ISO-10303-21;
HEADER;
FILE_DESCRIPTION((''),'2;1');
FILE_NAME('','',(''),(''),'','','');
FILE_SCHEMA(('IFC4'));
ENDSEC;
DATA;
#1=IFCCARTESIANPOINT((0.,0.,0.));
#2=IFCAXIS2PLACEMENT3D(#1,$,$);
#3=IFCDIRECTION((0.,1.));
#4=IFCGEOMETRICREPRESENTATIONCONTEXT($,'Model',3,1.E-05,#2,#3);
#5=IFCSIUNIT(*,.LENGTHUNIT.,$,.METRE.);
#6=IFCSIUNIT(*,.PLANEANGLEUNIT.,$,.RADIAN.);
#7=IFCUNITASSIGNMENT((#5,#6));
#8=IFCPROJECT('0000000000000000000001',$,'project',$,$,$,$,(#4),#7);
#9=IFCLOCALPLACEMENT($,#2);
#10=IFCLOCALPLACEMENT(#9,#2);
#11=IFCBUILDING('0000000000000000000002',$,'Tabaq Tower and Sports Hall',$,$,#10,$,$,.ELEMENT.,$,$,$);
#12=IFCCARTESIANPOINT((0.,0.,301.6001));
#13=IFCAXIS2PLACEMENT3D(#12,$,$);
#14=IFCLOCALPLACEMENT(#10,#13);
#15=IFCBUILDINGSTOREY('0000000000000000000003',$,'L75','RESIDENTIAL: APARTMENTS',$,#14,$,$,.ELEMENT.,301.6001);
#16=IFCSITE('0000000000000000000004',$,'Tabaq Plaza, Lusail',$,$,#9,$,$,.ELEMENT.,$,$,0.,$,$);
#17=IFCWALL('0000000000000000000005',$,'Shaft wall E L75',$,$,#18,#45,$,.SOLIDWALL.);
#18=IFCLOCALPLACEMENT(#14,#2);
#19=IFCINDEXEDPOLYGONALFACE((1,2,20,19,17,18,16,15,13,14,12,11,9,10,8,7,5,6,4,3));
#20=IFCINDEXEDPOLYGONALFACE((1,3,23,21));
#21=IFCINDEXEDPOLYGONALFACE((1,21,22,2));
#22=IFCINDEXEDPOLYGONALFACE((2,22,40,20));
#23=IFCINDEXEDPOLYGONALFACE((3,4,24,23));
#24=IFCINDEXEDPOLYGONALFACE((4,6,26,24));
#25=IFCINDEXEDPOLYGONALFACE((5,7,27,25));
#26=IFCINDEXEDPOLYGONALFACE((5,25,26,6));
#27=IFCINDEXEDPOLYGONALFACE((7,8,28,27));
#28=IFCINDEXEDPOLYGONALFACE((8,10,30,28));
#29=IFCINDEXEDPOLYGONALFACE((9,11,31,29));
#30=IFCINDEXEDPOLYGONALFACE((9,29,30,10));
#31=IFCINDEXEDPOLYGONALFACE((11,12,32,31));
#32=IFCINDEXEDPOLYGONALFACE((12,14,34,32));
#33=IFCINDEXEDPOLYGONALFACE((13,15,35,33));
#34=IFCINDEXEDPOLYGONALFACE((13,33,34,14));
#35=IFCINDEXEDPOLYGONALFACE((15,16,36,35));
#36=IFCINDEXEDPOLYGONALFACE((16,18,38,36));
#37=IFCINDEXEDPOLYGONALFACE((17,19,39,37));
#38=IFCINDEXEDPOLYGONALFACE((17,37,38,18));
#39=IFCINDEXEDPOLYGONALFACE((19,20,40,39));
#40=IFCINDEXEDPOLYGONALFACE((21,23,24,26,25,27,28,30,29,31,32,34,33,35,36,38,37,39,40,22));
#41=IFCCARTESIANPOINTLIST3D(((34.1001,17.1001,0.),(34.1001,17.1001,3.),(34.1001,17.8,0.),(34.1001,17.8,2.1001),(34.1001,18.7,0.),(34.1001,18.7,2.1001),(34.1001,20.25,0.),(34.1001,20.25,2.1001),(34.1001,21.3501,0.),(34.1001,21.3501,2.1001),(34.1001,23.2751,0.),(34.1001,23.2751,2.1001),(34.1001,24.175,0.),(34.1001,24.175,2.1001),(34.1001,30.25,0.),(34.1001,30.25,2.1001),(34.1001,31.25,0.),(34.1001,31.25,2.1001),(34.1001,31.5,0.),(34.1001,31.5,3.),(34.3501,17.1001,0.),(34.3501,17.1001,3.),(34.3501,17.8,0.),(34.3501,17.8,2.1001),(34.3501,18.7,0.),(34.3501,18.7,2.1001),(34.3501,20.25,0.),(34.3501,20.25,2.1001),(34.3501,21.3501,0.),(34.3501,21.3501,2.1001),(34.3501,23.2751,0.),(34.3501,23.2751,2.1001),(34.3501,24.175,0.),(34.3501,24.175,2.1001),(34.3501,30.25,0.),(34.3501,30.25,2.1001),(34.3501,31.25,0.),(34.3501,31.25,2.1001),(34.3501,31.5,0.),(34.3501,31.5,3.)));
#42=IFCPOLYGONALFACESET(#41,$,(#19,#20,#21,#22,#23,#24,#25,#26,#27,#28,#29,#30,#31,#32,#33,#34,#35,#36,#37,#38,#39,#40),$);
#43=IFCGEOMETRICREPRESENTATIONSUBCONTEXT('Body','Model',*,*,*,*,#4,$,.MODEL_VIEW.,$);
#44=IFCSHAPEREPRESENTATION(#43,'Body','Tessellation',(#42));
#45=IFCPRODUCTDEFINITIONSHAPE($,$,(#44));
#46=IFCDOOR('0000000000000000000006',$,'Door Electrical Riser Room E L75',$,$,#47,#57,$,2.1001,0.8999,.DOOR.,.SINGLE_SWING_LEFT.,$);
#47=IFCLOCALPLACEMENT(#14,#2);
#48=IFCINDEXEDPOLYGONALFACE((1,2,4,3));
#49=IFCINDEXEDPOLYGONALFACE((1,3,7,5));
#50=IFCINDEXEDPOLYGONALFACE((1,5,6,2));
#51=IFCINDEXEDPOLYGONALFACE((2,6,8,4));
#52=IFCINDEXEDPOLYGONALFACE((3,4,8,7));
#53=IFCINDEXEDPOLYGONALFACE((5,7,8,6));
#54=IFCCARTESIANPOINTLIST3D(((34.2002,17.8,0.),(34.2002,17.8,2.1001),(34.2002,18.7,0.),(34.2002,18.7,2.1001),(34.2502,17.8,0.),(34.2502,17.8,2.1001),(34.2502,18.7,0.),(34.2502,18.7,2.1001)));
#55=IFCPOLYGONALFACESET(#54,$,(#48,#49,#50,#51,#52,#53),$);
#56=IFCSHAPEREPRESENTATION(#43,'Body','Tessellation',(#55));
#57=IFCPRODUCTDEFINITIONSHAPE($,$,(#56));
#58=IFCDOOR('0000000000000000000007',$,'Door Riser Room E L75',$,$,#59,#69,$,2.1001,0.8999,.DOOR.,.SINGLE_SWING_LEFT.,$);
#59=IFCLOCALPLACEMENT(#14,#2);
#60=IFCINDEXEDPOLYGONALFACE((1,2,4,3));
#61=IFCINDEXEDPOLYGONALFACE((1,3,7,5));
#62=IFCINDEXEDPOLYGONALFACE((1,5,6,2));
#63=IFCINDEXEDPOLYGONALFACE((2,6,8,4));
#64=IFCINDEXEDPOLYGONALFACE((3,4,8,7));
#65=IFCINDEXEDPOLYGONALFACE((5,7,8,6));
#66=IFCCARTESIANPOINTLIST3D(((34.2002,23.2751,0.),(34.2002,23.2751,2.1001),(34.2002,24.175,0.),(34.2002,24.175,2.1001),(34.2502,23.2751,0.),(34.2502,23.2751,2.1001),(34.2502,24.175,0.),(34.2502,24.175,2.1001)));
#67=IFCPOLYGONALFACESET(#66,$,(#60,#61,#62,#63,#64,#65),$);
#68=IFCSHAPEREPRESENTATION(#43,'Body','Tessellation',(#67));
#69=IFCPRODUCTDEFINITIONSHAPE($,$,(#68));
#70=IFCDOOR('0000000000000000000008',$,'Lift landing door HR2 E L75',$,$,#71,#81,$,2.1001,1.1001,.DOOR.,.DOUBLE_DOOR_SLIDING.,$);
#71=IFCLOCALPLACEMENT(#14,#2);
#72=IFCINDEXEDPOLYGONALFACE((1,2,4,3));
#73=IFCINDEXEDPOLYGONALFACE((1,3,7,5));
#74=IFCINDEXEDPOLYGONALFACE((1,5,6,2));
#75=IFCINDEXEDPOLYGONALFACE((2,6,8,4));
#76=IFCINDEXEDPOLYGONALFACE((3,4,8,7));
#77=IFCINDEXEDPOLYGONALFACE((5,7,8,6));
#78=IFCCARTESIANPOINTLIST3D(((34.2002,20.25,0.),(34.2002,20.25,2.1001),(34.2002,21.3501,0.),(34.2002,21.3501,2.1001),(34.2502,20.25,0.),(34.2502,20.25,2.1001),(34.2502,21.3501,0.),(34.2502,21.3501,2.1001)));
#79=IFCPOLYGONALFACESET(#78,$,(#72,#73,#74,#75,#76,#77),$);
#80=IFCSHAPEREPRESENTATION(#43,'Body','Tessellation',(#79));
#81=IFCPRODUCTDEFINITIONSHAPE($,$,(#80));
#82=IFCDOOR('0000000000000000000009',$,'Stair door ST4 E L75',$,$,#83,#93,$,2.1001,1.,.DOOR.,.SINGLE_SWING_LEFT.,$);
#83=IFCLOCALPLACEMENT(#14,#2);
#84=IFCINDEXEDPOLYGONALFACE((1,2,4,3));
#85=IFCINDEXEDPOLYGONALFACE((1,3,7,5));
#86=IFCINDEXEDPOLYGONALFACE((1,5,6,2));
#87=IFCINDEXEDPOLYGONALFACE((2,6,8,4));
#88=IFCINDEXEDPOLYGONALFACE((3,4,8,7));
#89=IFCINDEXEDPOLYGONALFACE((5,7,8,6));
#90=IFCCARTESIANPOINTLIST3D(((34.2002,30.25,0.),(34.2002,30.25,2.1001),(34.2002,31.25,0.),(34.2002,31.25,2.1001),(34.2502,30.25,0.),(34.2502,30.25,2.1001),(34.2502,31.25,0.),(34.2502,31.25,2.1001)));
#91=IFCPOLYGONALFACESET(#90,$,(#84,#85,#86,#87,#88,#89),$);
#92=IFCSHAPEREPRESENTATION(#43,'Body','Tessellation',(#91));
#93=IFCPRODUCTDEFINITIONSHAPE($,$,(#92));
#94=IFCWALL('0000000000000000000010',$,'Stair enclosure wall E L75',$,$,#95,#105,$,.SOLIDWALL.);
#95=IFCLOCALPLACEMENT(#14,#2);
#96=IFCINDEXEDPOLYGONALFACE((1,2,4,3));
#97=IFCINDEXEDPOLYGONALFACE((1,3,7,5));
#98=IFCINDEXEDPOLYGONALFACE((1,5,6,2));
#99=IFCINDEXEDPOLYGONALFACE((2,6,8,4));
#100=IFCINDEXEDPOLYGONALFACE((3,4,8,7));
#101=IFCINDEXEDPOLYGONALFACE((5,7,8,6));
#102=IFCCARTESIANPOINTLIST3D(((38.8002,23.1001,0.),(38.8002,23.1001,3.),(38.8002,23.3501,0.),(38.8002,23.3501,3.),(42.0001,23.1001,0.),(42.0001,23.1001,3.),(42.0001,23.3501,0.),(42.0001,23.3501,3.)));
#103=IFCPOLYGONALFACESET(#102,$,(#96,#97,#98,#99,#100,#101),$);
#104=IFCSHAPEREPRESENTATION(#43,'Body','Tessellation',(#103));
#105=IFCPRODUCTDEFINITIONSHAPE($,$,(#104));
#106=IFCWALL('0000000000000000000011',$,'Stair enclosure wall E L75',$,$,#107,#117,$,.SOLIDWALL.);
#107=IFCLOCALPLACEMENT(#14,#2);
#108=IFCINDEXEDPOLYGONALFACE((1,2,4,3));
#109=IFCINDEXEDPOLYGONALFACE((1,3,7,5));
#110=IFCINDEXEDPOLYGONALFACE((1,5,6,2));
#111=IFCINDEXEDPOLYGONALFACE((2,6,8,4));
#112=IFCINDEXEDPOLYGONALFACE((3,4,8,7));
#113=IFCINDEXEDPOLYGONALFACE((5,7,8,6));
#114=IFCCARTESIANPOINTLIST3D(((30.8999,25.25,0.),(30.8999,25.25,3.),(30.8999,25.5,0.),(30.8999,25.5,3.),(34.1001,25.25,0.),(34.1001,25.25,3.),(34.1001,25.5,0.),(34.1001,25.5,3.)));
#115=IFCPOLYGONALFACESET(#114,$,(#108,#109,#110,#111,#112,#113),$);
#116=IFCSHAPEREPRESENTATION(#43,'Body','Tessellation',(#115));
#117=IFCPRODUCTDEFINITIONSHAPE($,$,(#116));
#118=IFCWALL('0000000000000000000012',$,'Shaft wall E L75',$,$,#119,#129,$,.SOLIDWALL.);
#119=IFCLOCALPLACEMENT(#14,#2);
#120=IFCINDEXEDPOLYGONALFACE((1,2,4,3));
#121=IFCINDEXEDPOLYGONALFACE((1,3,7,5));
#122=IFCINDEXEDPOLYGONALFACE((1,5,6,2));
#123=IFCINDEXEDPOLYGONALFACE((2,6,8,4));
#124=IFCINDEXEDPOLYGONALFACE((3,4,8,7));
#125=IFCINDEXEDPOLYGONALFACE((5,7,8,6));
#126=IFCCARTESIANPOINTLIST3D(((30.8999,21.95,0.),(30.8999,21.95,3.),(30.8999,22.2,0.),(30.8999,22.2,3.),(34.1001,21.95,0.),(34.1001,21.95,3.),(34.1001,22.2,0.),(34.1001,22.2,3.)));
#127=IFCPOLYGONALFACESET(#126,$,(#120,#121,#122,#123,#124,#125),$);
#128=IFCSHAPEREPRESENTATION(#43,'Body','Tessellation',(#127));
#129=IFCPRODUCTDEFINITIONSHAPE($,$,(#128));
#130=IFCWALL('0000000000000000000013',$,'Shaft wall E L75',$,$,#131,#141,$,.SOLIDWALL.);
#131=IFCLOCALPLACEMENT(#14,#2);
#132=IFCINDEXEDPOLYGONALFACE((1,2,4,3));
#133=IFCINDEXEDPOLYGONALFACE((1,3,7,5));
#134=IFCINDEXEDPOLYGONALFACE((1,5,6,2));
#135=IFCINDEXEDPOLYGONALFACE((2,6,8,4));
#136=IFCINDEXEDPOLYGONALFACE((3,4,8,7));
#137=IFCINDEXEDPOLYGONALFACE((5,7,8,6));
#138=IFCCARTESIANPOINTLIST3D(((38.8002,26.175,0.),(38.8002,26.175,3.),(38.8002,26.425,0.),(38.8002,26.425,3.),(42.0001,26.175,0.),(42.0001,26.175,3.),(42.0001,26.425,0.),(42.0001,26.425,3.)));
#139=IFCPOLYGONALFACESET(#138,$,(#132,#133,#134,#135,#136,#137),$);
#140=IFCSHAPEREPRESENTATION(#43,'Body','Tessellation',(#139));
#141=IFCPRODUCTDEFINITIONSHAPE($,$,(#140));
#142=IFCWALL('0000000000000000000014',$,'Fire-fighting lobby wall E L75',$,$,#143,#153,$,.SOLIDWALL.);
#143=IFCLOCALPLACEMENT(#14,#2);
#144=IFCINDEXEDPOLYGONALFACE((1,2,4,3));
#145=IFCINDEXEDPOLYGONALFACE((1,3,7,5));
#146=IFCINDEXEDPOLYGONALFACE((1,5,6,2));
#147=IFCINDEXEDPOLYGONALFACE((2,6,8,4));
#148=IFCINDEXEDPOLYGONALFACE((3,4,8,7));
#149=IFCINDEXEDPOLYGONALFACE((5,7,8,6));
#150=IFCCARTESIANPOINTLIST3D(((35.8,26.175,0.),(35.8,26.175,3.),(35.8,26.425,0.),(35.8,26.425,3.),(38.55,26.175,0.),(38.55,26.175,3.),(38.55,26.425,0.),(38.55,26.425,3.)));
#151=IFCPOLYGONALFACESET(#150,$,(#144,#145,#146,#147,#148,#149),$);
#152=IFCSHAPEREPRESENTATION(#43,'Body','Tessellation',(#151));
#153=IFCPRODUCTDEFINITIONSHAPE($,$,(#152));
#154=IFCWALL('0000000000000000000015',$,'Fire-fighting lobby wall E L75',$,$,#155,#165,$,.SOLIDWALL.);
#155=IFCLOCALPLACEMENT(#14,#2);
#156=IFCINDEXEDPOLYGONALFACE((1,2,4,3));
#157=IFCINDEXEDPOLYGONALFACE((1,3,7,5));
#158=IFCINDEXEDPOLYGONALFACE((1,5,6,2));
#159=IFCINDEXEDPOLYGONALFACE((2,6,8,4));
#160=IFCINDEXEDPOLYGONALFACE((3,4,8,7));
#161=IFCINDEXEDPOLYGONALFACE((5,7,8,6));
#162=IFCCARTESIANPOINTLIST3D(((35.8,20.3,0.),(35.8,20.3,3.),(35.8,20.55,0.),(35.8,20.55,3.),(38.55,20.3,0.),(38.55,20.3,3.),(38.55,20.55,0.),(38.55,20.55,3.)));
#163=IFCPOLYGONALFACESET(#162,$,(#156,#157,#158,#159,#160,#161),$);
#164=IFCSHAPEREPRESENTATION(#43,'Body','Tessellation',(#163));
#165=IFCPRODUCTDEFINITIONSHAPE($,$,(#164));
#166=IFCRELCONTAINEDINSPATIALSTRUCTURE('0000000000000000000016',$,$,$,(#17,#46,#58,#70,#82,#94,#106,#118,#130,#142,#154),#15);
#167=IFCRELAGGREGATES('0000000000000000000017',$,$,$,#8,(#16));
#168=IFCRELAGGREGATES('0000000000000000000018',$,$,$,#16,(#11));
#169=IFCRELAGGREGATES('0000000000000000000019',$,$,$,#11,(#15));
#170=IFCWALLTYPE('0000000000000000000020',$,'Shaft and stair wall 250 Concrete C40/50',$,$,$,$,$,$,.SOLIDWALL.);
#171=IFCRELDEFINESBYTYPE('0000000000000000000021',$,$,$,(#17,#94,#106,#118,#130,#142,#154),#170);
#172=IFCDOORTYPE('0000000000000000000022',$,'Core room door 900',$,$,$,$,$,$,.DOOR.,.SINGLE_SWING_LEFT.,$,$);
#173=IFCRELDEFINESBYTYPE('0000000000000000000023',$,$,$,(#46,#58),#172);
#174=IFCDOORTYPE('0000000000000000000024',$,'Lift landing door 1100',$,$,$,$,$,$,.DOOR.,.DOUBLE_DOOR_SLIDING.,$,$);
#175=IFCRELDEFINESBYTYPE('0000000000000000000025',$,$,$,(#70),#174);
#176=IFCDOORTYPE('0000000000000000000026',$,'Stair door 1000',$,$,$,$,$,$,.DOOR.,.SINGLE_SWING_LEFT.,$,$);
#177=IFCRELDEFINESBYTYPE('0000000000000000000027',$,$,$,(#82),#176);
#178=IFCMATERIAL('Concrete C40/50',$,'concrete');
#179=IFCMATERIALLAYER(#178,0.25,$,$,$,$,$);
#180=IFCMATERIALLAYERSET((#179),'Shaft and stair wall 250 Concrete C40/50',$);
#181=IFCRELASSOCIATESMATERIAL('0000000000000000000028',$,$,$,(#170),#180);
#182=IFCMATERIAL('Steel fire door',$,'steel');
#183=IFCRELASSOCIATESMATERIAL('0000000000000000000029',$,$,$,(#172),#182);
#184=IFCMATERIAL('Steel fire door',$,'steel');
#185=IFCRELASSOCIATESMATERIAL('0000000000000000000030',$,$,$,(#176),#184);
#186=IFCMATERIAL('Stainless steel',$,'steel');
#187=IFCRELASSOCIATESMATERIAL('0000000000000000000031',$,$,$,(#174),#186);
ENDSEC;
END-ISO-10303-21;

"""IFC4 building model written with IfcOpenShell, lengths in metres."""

from ifc_helpers import new_model, si_unit, direction, frame, frame_2d, origin, place, context, subcontext, project, spatial, rectangle, extrude, material, layer, layer_set, type_object, element, fill, save


model = new_model("IFC4")

# Units and contexts
model_context = context("Model", 3, precision=1e-05, world=origin(), true_north=direction((0.0, 1.0)))
body_context = subcontext(model_context, "Body", "Model", "MODEL_VIEW")
ifc_project = project(units=[si_unit("LENGTHUNIT", "METRE"), si_unit("PLANEANGLEUNIT", "RADIAN")], contexts=[model_context])

# Site, building, storey
site_placement = place(None, origin())
site = spatial("IfcSite", under=ifc_project, at=site_placement, Name="Tabaq Plaza, Lusail", CompositionType="ELEMENT", RefElevation=0.0)
building_placement = place(site_placement, origin())
building = spatial("IfcBuilding", under=site, at=building_placement, Name="Tabaq Tower and Sports Hall", CompositionType="ELEMENT")
storey_placement = place(building_placement, frame((0.0, 0.0, 301.6001)))
storey = spatial("IfcBuildingStorey", under=building, at=storey_placement, Name="L75", Description="RESIDENTIAL: APARTMENTS", CompositionType="ELEMENT", Elevation=301.6001)

# Wall, openings, doors
ifc_material_1 = material(Name="Concrete C40/50", Category="concrete")
ifc_layer_1 = layer(ifc_material_1, 0.25)
ifc_layer_set_1 = layer_set([ifc_layer_1], Name="Shaft and stair wall 250 Concrete C40/50")
wall_type_1 = type_object("IfcWallType", Name="Shaft and stair wall 250 Concrete C40/50", PredefinedType="SOLIDWALL", material=ifc_layer_set_1)
ifc_material_2 = material(Name="Steel fire door", Category="steel")
door_type_1 = type_object("IfcDoorType", Name="Core room door 900", OperationType="SINGLE_SWING_LEFT", PredefinedType="DOOR", material=ifc_material_2)
ifc_material_3 = material(Name="Steel fire door", Category="steel")
door_type_2 = type_object("IfcDoorType", Name="Stair door 1000", OperationType="SINGLE_SWING_LEFT", PredefinedType="DOOR", material=ifc_material_3)
wall_1_placement = place(storey_placement, frame((34.2251, 17.1001, 0.0), z_axis=(0.0, 0.0, 1.0), x_axis=(0.0, 1.0, 0.0)))
wall_1 = element("IfcWall", 1, at=wall_1_placement, inside=storey, type_object=wall_type_1, Name="Shaft wall E L75", PredefinedType="SOLIDWALL", context=body_context, shape_type="SweptSolid", body=[
    extrude(rectangle(XDim=14.3999, YDim=0.25, at=frame_2d((7.2, 0.0))), origin(), (0.0, 0.0, 1.0), 3.0),
])
opening_1_placement = place(wall_1_placement, frame((13.1499, 0.0, 0.0)))
opening_1 = element("IfcOpeningElement", 2, at=opening_1_placement, cuts=wall_1, PredefinedType="OPENING", context=body_context, shape_type="SweptSolid", body=[
    extrude(rectangle(XDim=1.0, YDim=2.1001, at=frame_2d((0.5, 1.05))), frame((0.0, 0.125, 0.0), z_axis=(0.0, -1.0, 0.0), x_axis=(1.0, 0.0, 0.0)), (0.0, 0.0, 1.0), 0.25),
])
opening_2_placement = place(wall_1_placement, frame((3.1499, 0.0, 0.0)))
opening_2 = element("IfcOpeningElement", 3, at=opening_2_placement, cuts=wall_1, PredefinedType="OPENING", context=body_context, shape_type="SweptSolid", body=[
    extrude(rectangle(XDim=1.1001, YDim=2.1001, at=frame_2d((0.55, 1.05))), frame((0.0, 0.125, 0.0), z_axis=(0.0, -1.0, 0.0), x_axis=(1.0, 0.0, 0.0)), (0.0, 0.0, 1.0), 0.25),
])
opening_3_placement = place(wall_1_placement, frame((0.7, 0.0, 0.0)))
opening_3 = element("IfcOpeningElement", 4, at=opening_3_placement, cuts=wall_1, PredefinedType="OPENING", context=body_context, shape_type="SweptSolid", body=[
    extrude(rectangle(XDim=0.8999, YDim=2.1001, at=frame_2d((0.45, 1.05))), frame((0.0, 0.125, 0.0), z_axis=(0.0, -1.0, 0.0), x_axis=(1.0, 0.0, 0.0)), (0.0, 0.0, 1.0), 0.25),
])
opening_4_placement = place(wall_1_placement, frame((6.175, 0.0, 0.0)))
opening_4 = element("IfcOpeningElement", 5, at=opening_4_placement, cuts=wall_1, PredefinedType="OPENING", context=body_context, shape_type="SweptSolid", body=[
    extrude(rectangle(XDim=0.8999, YDim=2.1001, at=frame_2d((0.45, 1.05))), frame((0.0, 0.125, 0.0), z_axis=(0.0, -1.0, 0.0), x_axis=(1.0, 0.0, 0.0)), (0.0, 0.0, 1.0), 0.25),
])
door_1_placement = place(opening_3_placement, origin())
door_1 = element("IfcDoor", 6, at=door_1_placement, inside=storey, type_object=door_type_1, Name="Door Electrical Riser Room E L75", OperationType="SINGLE_SWING_LEFT", OverallHeight=2.1001, OverallWidth=0.8999, PredefinedType="DOOR", context=body_context, shape_type="SweptSolid", body=[
    extrude(rectangle(XDim=0.8999, YDim=2.1001, at=frame_2d((0.45, 1.05))), frame((0.0, 0.0249, 0.0), z_axis=(0.0, -1.0, 0.0), x_axis=(1.0, 0.0, 0.0)), (0.0, 0.0, 1.0), 0.05),
])
fill(opening_3, door_1)
door_2_placement = place(opening_4_placement, origin())
door_2 = element("IfcDoor", 7, at=door_2_placement, inside=storey, type_object=door_type_1, Name="Door Riser Room E L75", OperationType="SINGLE_SWING_LEFT", OverallHeight=2.1001, OverallWidth=0.8999, PredefinedType="DOOR", context=body_context, shape_type="SweptSolid", body=[
    extrude(rectangle(XDim=0.8999, YDim=2.1001, at=frame_2d((0.45, 1.05))), frame((0.0, 0.0249, 0.0), z_axis=(0.0, -1.0, 0.0), x_axis=(1.0, 0.0, 0.0)), (0.0, 0.0, 1.0), 0.05),
])
fill(opening_4, door_2)
ifc_material_4 = material(Name="Stainless steel", Category="steel")
door_type_3 = type_object("IfcDoorType", Name="Lift landing door 1100", OperationType="DOUBLE_DOOR_SLIDING", PredefinedType="DOOR", material=ifc_material_4)
door_3_placement = place(opening_2_placement, origin())
door_3 = element("IfcDoor", 8, at=door_3_placement, inside=storey, type_object=door_type_3, Name="Lift landing door HR2 E L75", OperationType="DOUBLE_DOOR_SLIDING", OverallHeight=2.1001, OverallWidth=1.1001, PredefinedType="DOOR", context=body_context, shape_type="SweptSolid", body=[
    extrude(rectangle(XDim=1.1001, YDim=2.1001, at=frame_2d((0.55, 1.05))), frame((0.0, 0.0249, 0.0), z_axis=(0.0, -1.0, 0.0), x_axis=(1.0, 0.0, 0.0)), (0.0, 0.0, 1.0), 0.05),
])
fill(opening_2, door_3)
door_4_placement = place(opening_1_placement, origin())
door_4 = element("IfcDoor", 9, at=door_4_placement, inside=storey, type_object=door_type_2, Name="Stair door ST4 E L75", OperationType="SINGLE_SWING_LEFT", OverallHeight=2.1001, OverallWidth=1.0, PredefinedType="DOOR", context=body_context, shape_type="SweptSolid", body=[
    extrude(rectangle(XDim=1.0, YDim=2.1001, at=frame_2d((0.5, 1.05))), frame((0.0, 0.0249, 0.0), z_axis=(0.0, -1.0, 0.0), x_axis=(1.0, 0.0, 0.0)), (0.0, 0.0, 1.0), 0.05),
])
fill(opening_1, door_4)

# Walls
wall_2_placement = place(storey_placement, frame((38.8, 23.2251, 0.0), z_axis=(0.0, 0.0, 1.0), x_axis=(1.0, 0.0, 0.0)))
element("IfcWall", 10, at=wall_2_placement, inside=storey, type_object=wall_type_1, Name="Stair enclosure wall E L75", PredefinedType="SOLIDWALL", context=body_context, shape_type="SweptSolid", body=[
    extrude(rectangle(XDim=3.2, YDim=0.25, at=frame_2d((1.6001, 0.0))), origin(), (0.0, 0.0, 1.0), 3.0),
])
for number, where, z_axis, x_axis, name in (
    (11, (30.8999, 25.375, 0.0), (0.0, 0.0, 1.0), (1.0, 0.0, 0.0), "Stair enclosure wall E L75"),
    (12, (30.8999, 22.075, 0.0), (0.0, 0.0, 1.0), (1.0, 0.0, 0.0), "Shaft wall E L75"),
):
    element("IfcWall", number, at=place(storey_placement, frame(where, z_axis=z_axis, x_axis=x_axis)), inside=storey, type_object=wall_type_1, Name=name, PredefinedType="SOLIDWALL", context=body_context, shape_type="SweptSolid", body=[
        extrude(rectangle(XDim=3.2002, YDim=0.25, at=frame_2d((1.6001, 0.0))), origin(), (0.0, 0.0, 1.0), 3.0),
    ])
wall_3_placement = place(storey_placement, frame((38.8, 26.3, 0.0), z_axis=(0.0, 0.0, 1.0), x_axis=(1.0, 0.0, 0.0)))
element("IfcWall", 13, at=wall_3_placement, inside=storey, type_object=wall_type_1, Name="Shaft wall E L75", PredefinedType="SOLIDWALL", context=body_context, shape_type="SweptSolid", body=[
    extrude(rectangle(XDim=3.2, YDim=0.25, at=frame_2d((1.6001, 0.0))), origin(), (0.0, 0.0, 1.0), 3.0),
])
for number, where, z_axis, x_axis, name in (
    (14, (35.8, 26.3, 0.0), (0.0, 0.0, 1.0), (1.0, 0.0, 0.0), "Fire-fighting lobby wall E L75"),
    (15, (35.8, 20.425, 0.0), (0.0, 0.0, 1.0), (1.0, 0.0, 0.0), "Fire-fighting lobby wall E L75"),
):
    element("IfcWall", number, at=place(storey_placement, frame(where, z_axis=z_axis, x_axis=x_axis)), inside=storey, type_object=wall_type_1, Name=name, PredefinedType="SOLIDWALL", context=body_context, shape_type="SweptSolid", body=[
        extrude(rectangle(XDim=2.75, YDim=0.25, at=frame_2d((1.375, 0.0))), origin(), (0.0, 0.0, 1.0), 3.0),
    ])

save(model, "model.ifc")
